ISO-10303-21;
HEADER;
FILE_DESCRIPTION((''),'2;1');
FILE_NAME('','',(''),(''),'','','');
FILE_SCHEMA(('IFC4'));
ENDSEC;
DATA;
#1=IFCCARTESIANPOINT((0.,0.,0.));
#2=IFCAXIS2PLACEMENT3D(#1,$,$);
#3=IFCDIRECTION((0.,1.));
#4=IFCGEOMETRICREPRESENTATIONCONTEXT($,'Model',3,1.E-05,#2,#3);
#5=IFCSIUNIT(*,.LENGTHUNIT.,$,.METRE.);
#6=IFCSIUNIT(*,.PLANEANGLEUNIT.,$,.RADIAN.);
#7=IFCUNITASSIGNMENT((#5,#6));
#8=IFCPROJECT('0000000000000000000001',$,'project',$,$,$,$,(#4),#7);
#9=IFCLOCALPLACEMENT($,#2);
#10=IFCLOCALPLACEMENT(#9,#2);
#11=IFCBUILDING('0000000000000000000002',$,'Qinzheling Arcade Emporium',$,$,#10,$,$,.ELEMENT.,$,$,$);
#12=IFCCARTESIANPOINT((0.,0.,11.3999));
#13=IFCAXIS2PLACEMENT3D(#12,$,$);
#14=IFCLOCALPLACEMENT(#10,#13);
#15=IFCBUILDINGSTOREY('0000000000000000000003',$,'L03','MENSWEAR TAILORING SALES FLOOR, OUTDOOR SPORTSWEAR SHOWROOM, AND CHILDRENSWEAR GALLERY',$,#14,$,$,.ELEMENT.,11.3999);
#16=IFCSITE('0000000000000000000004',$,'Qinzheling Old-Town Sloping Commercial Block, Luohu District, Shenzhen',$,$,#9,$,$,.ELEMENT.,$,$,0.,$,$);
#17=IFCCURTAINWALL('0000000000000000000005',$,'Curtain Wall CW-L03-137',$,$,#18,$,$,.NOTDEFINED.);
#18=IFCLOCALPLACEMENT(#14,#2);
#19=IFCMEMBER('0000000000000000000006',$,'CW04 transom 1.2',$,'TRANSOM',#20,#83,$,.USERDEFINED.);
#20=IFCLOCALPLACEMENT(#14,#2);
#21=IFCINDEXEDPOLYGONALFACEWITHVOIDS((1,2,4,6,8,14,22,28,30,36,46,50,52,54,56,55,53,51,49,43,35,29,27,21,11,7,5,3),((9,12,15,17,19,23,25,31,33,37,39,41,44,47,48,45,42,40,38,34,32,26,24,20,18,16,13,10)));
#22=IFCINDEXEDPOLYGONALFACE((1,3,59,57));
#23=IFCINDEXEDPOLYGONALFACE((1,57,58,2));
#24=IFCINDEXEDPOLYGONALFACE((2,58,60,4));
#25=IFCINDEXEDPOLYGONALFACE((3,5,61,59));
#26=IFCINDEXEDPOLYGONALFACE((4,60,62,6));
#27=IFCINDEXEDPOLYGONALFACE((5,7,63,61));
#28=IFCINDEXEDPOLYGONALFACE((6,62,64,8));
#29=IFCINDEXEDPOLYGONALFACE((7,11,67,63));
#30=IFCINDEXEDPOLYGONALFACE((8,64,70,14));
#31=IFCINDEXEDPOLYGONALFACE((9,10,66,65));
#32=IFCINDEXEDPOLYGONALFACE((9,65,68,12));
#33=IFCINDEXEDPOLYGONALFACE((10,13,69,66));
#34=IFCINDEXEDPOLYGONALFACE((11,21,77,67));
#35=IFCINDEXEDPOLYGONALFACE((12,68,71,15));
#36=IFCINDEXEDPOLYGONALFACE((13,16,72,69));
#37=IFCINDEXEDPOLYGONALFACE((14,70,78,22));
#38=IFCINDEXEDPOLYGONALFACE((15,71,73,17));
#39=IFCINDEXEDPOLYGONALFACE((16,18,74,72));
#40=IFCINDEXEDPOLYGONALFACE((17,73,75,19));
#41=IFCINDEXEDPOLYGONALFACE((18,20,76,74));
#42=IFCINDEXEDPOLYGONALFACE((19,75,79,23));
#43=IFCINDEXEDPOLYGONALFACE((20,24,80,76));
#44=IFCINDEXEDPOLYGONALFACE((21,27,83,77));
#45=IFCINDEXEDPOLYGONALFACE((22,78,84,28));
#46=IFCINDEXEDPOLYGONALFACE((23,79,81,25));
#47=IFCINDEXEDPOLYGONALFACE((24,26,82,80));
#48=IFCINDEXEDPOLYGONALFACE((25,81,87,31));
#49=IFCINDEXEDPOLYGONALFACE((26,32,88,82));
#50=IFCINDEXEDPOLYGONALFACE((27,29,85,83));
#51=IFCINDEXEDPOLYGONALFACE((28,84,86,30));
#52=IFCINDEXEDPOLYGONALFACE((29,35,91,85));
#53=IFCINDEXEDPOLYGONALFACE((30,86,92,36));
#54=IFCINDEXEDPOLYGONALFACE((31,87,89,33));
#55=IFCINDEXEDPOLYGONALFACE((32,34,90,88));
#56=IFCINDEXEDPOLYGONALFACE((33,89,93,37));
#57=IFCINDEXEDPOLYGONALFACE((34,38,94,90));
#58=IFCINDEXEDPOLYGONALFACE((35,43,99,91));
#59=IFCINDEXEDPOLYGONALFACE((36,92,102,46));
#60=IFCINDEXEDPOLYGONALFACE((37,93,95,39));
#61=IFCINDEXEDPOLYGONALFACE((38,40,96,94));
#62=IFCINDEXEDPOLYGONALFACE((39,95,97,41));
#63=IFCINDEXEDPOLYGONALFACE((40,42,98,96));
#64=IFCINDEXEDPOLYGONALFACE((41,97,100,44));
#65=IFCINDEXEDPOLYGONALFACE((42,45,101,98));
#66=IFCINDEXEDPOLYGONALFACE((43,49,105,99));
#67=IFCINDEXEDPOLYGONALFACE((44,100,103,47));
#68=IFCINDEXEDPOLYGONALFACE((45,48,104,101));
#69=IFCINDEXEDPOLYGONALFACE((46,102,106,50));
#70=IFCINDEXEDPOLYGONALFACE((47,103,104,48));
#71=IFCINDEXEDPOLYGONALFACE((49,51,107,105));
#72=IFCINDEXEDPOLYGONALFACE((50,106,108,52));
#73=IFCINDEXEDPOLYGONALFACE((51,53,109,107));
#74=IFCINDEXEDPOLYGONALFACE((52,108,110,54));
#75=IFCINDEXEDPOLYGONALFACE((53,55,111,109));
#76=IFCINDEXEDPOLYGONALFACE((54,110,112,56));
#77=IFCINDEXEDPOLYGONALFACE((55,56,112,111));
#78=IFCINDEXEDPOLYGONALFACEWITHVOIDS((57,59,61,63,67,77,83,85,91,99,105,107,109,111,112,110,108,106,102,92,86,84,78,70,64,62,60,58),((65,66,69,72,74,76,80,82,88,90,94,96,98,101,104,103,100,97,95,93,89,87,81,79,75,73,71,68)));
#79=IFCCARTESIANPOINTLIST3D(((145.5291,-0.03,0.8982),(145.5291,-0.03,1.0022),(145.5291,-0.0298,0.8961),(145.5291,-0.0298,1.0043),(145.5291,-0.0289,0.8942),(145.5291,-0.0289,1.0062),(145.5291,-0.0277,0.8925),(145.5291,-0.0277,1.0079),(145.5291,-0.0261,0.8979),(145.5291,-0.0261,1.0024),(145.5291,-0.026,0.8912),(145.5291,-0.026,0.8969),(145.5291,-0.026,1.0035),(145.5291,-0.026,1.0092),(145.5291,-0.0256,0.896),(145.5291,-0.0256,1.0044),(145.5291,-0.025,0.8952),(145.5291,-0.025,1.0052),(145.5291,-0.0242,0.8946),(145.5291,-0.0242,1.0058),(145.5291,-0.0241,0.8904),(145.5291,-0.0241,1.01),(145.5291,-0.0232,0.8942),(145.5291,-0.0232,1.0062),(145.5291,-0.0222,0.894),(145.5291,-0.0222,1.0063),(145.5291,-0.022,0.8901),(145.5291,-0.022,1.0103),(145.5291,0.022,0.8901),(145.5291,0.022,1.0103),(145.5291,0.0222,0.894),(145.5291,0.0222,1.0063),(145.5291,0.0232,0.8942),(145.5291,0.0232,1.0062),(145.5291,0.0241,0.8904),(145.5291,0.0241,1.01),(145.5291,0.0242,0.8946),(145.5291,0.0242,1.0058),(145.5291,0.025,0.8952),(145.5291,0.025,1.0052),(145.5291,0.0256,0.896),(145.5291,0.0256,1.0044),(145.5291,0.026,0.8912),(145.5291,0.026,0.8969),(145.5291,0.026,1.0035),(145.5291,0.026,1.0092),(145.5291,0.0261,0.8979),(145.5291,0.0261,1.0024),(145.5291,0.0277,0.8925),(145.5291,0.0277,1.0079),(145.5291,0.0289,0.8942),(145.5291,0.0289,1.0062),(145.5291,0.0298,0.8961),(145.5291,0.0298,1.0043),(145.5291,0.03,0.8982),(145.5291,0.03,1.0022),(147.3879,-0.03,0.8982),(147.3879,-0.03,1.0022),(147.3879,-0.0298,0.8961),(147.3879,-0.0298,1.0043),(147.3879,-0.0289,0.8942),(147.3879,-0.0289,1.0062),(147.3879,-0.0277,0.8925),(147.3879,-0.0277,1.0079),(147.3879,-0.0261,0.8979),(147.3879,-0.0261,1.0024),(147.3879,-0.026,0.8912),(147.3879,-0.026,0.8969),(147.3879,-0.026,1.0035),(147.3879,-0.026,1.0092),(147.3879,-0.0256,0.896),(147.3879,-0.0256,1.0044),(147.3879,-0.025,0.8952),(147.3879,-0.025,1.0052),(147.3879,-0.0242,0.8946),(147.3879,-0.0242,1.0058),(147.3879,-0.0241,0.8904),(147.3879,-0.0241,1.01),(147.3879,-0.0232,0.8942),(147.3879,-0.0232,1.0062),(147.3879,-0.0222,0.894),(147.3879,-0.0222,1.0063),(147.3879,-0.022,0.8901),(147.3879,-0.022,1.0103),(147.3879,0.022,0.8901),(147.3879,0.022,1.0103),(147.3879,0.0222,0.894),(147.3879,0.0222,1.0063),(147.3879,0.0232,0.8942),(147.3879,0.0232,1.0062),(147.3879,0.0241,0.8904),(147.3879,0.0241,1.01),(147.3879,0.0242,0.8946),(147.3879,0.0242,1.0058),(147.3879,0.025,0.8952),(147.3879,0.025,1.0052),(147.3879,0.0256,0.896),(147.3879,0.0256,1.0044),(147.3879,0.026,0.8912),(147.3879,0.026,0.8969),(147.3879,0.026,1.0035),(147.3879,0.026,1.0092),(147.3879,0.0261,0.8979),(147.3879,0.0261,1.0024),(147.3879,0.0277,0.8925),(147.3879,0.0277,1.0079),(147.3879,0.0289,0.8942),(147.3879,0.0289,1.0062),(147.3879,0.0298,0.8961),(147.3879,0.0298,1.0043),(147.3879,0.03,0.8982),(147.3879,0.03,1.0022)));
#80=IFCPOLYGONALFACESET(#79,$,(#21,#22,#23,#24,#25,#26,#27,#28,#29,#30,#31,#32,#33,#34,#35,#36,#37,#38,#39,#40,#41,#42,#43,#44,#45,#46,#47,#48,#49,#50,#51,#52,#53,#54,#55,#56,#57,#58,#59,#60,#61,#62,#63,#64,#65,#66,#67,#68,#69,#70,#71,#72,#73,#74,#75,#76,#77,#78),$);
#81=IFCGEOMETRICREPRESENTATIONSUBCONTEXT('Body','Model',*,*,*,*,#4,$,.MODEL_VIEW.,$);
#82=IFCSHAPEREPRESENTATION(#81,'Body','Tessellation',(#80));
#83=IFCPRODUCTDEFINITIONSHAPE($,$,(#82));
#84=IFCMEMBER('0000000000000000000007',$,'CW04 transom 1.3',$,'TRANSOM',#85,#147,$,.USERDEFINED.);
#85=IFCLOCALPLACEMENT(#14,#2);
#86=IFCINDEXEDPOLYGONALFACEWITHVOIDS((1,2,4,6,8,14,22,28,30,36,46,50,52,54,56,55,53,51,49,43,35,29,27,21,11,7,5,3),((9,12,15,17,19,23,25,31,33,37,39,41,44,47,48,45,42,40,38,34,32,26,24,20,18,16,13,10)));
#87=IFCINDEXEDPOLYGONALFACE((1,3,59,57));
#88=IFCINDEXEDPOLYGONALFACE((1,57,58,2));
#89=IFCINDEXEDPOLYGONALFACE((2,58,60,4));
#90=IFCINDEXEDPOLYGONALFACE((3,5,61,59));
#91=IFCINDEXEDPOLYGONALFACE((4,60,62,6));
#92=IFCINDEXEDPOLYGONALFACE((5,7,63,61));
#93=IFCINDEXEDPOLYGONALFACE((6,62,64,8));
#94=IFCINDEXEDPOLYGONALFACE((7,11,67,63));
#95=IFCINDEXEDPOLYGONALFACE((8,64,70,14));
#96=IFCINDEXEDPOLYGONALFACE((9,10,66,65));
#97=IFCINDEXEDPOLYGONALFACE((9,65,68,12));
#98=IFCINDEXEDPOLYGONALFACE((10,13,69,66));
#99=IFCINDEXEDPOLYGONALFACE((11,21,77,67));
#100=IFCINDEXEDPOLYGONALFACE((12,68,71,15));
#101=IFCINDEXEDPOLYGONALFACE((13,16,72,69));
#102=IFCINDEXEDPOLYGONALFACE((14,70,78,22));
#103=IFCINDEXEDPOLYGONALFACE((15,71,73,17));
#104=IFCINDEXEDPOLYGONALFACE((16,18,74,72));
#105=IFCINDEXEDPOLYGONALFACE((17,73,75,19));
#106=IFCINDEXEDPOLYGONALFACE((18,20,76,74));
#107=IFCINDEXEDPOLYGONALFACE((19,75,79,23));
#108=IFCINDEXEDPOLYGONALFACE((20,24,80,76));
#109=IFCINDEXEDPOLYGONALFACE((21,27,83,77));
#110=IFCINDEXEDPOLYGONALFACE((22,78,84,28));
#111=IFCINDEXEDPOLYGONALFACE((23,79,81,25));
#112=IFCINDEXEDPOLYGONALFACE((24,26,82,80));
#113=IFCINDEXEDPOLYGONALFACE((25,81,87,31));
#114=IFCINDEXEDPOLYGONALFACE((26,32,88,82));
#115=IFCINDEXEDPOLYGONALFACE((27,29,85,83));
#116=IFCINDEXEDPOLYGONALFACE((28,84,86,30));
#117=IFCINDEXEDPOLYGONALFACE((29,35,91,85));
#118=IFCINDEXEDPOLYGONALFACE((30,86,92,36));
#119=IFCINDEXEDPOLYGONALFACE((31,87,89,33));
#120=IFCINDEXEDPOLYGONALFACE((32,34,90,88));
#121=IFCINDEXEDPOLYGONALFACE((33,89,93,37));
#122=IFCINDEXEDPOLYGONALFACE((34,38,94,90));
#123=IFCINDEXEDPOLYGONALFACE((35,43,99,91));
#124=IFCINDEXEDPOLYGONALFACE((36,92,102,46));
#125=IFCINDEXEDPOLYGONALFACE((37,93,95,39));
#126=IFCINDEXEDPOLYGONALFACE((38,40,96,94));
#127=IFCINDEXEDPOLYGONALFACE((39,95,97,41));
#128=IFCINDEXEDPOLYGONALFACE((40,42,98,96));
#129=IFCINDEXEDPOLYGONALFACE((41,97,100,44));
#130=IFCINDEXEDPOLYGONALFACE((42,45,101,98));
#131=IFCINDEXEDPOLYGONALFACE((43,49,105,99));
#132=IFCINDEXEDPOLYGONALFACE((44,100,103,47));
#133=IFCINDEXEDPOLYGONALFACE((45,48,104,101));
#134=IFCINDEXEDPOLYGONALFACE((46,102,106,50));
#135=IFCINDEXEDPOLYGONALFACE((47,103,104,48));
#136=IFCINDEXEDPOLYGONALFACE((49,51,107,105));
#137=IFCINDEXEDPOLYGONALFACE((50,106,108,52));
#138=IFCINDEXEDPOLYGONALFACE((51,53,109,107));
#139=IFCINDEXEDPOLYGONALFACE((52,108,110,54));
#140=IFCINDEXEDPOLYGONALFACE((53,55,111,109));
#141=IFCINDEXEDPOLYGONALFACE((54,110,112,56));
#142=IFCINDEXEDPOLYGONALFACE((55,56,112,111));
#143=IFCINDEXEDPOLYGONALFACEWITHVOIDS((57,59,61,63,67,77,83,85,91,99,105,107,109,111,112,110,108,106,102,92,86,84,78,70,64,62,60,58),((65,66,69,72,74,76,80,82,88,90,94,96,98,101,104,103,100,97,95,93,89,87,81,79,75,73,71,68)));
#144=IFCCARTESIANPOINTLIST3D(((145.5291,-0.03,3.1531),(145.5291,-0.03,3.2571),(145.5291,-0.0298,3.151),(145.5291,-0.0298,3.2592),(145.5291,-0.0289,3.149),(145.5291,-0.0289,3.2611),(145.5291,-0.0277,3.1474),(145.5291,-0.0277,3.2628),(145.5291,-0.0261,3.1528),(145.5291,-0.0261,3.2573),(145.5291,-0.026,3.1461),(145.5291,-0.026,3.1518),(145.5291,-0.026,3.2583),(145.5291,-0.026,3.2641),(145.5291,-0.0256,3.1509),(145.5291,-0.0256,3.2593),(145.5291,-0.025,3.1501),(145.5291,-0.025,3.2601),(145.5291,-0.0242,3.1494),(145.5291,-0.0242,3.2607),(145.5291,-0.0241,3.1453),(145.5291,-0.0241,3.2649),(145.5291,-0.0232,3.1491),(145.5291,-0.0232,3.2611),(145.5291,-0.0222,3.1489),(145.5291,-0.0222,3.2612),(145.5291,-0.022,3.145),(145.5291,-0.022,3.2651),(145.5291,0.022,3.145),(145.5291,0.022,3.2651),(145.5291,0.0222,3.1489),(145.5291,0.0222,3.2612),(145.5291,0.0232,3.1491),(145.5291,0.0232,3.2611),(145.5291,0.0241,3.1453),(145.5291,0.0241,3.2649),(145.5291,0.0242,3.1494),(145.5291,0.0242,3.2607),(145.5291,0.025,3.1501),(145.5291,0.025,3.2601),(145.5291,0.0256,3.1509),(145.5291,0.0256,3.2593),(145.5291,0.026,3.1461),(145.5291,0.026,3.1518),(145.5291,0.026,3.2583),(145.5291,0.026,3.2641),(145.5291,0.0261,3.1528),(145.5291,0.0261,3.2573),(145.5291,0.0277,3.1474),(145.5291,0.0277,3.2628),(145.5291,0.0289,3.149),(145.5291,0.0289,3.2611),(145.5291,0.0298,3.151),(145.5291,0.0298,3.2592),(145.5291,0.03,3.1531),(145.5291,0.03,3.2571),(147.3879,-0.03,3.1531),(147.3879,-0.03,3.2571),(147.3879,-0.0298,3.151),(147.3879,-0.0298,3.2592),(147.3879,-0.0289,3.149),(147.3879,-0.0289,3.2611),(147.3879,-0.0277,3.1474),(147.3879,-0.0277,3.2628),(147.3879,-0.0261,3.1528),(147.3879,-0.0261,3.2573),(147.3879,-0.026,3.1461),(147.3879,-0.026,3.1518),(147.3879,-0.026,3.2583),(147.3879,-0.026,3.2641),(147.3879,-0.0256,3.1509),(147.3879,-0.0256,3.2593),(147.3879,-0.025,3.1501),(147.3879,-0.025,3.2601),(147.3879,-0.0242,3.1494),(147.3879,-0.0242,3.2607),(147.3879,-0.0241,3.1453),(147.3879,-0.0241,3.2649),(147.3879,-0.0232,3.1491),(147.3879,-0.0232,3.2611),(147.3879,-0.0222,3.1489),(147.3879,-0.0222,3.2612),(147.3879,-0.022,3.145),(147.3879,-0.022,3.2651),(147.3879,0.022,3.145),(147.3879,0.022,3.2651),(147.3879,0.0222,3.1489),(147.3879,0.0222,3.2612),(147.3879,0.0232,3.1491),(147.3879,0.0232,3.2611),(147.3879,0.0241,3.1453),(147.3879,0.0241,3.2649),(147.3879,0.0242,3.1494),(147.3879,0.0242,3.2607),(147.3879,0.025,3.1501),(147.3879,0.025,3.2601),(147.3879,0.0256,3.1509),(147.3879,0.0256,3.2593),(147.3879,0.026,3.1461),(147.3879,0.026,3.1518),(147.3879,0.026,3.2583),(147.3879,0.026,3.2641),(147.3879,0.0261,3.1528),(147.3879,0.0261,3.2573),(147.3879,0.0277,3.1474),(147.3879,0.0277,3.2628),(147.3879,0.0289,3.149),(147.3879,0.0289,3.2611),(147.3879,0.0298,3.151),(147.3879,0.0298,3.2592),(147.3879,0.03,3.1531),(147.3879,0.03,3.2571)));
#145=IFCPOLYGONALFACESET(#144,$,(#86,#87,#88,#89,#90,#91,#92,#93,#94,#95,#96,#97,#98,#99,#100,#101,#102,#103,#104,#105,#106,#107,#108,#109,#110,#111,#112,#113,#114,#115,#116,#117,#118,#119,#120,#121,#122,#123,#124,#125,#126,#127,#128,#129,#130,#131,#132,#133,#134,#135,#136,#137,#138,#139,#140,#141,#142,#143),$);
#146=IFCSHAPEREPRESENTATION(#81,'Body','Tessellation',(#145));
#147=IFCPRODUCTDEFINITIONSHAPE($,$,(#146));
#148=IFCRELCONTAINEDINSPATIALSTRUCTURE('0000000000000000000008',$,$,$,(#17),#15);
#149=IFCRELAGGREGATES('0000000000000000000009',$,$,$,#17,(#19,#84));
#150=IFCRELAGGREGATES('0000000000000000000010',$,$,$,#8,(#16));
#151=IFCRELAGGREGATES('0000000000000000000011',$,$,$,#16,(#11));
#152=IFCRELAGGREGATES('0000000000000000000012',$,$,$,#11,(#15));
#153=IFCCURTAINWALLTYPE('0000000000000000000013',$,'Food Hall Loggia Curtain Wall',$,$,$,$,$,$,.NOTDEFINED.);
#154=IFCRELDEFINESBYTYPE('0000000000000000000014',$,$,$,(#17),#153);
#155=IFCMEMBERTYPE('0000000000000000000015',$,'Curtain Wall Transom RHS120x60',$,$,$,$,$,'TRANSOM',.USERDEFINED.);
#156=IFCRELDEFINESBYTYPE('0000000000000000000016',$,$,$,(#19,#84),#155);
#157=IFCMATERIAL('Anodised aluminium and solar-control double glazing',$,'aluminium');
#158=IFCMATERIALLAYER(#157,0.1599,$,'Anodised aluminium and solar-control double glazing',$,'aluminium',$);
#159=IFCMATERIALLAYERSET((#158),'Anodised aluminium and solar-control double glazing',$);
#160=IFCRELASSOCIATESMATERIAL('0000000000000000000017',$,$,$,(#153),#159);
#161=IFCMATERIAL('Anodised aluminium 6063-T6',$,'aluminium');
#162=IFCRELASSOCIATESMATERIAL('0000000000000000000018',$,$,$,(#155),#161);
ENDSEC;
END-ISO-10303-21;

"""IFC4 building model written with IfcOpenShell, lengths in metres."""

from ifc_helpers import new_model, si_unit, direction, frame, origin, origin_2d, place, context, subcontext, project, spatial, hollow_rectangle, extrude, material, layer, layer_set, material_profile, profile_set, type_object, element, aggregate, save


model = new_model("IFC4")

# Units and contexts
model_context = context("Model", 3, precision=1e-05, world=origin(), true_north=direction((0.0, 1.0)))
body_context = subcontext(model_context, "Body", "Model", "MODEL_VIEW")
ifc_project = project(units=[si_unit("LENGTHUNIT", "METRE"), si_unit("PLANEANGLEUNIT", "RADIAN")], contexts=[model_context])

# Site, building, storey
site_placement = place(None, origin())
site = spatial("IfcSite", under=ifc_project, at=site_placement, Name="Qinzheling Old-Town Sloping Commercial Block, Luohu District, Shenzhen", CompositionType="ELEMENT", RefElevation=0.0)
building_placement = place(site_placement, origin())
building = spatial("IfcBuilding", under=site, at=building_placement, Name="Qinzheling Arcade Emporium", CompositionType="ELEMENT")
storey_placement = place(building_placement, frame((0.0, 0.0, 11.3999)))
storey = spatial("IfcBuildingStorey", under=building, at=storey_placement, Name="L03", Description="MENSWEAR TAILORING SALES FLOOR, OUTDOOR SPORTSWEAR SHOWROOM, AND CHILDRENSWEAR GALLERY", CompositionType="ELEMENT", Elevation=11.3999)

# Shared definitions
ifc_material_1 = material(Name="Anodised aluminium and solar-control double glazing", Category="aluminium")
ifc_material_2 = material(Name="Anodised aluminium 6063-T6", Category="aluminium")

# Curtain wall
ifc_layer_1 = layer(ifc_material_1, 0.1599, Name="Anodised aluminium and solar-control double glazing", Category="aluminium")
ifc_layer_set_1 = layer_set([ifc_layer_1], Name="Anodised aluminium and solar-control double glazing")
curtain_wall_type_1 = type_object("IfcCurtainWallType", Name="Food Hall Loggia Curtain Wall", PredefinedType="NOTDEFINED", material=ifc_layer_set_1)
curtain_wall_1_placement = place(storey_placement, origin())
curtain_wall_1 = element("IfcCurtainWall", 1, at=curtain_wall_1_placement, inside=storey, type_object=curtain_wall_type_1, Name="Curtain Wall CW-L03-137", PredefinedType="NOTDEFINED")

# Members
ifc_material_profile_1 = material_profile(ifc_material_2, hollow_rectangle(XDim=0.0601, YDim=0.1201, WallThickness=0.0039, InnerFilletRadius=0.0039, OuterFilletRadius=0.0081, at=origin_2d()), Name="RHS 120x60x4", Category="aluminium")
ifc_profile_set_1 = profile_set([ifc_material_profile_1], Name="Anodised aluminium 6063-T6")
member_type_1 = type_object("IfcMemberType", Name="Curtain Wall Transom RHS120x60", ElementType="TRANSOM", PredefinedType="USERDEFINED", material=ifc_profile_set_1)
member_1_placement = place(storey_placement, frame((147.3879, 0.0, 0.9502), z_axis=(-1.0, 0.0, 0.0), x_axis=(0.0, -1.0, 0.0)))
member_1 = element("IfcMember", 2, at=member_1_placement, type_object=member_type_1, Name="CW04 transom 1.2", ObjectType="TRANSOM", PredefinedType="USERDEFINED", context=body_context, shape_type="SweptSolid", body=[
    extrude(hollow_rectangle(XDim=0.0601, YDim=0.1201, WallThickness=0.0039, InnerFilletRadius=0.0039, OuterFilletRadius=0.0081, at=origin_2d()), origin(), (0.0, 0.0, 1.0), 1.8589),
])
member_2_placement = place(storey_placement, frame((147.3879, 0.0, 3.2051), z_axis=(-1.0, 0.0, 0.0), x_axis=(0.0, -1.0, 0.0)))
member_2 = element("IfcMember", 3, at=member_2_placement, type_object=member_type_1, Name="CW04 transom 1.3", ObjectType="TRANSOM", PredefinedType="USERDEFINED", context=body_context, shape_type="SweptSolid", body=[
    extrude(hollow_rectangle(XDim=0.0601, YDim=0.1201, WallThickness=0.0039, InnerFilletRadius=0.0039, OuterFilletRadius=0.0081, at=origin_2d()), origin(), (0.0, 0.0, 1.0), 1.8589),
])

aggregate(curtain_wall_1, [member_1, member_2])

save(model, "model.ifc")
